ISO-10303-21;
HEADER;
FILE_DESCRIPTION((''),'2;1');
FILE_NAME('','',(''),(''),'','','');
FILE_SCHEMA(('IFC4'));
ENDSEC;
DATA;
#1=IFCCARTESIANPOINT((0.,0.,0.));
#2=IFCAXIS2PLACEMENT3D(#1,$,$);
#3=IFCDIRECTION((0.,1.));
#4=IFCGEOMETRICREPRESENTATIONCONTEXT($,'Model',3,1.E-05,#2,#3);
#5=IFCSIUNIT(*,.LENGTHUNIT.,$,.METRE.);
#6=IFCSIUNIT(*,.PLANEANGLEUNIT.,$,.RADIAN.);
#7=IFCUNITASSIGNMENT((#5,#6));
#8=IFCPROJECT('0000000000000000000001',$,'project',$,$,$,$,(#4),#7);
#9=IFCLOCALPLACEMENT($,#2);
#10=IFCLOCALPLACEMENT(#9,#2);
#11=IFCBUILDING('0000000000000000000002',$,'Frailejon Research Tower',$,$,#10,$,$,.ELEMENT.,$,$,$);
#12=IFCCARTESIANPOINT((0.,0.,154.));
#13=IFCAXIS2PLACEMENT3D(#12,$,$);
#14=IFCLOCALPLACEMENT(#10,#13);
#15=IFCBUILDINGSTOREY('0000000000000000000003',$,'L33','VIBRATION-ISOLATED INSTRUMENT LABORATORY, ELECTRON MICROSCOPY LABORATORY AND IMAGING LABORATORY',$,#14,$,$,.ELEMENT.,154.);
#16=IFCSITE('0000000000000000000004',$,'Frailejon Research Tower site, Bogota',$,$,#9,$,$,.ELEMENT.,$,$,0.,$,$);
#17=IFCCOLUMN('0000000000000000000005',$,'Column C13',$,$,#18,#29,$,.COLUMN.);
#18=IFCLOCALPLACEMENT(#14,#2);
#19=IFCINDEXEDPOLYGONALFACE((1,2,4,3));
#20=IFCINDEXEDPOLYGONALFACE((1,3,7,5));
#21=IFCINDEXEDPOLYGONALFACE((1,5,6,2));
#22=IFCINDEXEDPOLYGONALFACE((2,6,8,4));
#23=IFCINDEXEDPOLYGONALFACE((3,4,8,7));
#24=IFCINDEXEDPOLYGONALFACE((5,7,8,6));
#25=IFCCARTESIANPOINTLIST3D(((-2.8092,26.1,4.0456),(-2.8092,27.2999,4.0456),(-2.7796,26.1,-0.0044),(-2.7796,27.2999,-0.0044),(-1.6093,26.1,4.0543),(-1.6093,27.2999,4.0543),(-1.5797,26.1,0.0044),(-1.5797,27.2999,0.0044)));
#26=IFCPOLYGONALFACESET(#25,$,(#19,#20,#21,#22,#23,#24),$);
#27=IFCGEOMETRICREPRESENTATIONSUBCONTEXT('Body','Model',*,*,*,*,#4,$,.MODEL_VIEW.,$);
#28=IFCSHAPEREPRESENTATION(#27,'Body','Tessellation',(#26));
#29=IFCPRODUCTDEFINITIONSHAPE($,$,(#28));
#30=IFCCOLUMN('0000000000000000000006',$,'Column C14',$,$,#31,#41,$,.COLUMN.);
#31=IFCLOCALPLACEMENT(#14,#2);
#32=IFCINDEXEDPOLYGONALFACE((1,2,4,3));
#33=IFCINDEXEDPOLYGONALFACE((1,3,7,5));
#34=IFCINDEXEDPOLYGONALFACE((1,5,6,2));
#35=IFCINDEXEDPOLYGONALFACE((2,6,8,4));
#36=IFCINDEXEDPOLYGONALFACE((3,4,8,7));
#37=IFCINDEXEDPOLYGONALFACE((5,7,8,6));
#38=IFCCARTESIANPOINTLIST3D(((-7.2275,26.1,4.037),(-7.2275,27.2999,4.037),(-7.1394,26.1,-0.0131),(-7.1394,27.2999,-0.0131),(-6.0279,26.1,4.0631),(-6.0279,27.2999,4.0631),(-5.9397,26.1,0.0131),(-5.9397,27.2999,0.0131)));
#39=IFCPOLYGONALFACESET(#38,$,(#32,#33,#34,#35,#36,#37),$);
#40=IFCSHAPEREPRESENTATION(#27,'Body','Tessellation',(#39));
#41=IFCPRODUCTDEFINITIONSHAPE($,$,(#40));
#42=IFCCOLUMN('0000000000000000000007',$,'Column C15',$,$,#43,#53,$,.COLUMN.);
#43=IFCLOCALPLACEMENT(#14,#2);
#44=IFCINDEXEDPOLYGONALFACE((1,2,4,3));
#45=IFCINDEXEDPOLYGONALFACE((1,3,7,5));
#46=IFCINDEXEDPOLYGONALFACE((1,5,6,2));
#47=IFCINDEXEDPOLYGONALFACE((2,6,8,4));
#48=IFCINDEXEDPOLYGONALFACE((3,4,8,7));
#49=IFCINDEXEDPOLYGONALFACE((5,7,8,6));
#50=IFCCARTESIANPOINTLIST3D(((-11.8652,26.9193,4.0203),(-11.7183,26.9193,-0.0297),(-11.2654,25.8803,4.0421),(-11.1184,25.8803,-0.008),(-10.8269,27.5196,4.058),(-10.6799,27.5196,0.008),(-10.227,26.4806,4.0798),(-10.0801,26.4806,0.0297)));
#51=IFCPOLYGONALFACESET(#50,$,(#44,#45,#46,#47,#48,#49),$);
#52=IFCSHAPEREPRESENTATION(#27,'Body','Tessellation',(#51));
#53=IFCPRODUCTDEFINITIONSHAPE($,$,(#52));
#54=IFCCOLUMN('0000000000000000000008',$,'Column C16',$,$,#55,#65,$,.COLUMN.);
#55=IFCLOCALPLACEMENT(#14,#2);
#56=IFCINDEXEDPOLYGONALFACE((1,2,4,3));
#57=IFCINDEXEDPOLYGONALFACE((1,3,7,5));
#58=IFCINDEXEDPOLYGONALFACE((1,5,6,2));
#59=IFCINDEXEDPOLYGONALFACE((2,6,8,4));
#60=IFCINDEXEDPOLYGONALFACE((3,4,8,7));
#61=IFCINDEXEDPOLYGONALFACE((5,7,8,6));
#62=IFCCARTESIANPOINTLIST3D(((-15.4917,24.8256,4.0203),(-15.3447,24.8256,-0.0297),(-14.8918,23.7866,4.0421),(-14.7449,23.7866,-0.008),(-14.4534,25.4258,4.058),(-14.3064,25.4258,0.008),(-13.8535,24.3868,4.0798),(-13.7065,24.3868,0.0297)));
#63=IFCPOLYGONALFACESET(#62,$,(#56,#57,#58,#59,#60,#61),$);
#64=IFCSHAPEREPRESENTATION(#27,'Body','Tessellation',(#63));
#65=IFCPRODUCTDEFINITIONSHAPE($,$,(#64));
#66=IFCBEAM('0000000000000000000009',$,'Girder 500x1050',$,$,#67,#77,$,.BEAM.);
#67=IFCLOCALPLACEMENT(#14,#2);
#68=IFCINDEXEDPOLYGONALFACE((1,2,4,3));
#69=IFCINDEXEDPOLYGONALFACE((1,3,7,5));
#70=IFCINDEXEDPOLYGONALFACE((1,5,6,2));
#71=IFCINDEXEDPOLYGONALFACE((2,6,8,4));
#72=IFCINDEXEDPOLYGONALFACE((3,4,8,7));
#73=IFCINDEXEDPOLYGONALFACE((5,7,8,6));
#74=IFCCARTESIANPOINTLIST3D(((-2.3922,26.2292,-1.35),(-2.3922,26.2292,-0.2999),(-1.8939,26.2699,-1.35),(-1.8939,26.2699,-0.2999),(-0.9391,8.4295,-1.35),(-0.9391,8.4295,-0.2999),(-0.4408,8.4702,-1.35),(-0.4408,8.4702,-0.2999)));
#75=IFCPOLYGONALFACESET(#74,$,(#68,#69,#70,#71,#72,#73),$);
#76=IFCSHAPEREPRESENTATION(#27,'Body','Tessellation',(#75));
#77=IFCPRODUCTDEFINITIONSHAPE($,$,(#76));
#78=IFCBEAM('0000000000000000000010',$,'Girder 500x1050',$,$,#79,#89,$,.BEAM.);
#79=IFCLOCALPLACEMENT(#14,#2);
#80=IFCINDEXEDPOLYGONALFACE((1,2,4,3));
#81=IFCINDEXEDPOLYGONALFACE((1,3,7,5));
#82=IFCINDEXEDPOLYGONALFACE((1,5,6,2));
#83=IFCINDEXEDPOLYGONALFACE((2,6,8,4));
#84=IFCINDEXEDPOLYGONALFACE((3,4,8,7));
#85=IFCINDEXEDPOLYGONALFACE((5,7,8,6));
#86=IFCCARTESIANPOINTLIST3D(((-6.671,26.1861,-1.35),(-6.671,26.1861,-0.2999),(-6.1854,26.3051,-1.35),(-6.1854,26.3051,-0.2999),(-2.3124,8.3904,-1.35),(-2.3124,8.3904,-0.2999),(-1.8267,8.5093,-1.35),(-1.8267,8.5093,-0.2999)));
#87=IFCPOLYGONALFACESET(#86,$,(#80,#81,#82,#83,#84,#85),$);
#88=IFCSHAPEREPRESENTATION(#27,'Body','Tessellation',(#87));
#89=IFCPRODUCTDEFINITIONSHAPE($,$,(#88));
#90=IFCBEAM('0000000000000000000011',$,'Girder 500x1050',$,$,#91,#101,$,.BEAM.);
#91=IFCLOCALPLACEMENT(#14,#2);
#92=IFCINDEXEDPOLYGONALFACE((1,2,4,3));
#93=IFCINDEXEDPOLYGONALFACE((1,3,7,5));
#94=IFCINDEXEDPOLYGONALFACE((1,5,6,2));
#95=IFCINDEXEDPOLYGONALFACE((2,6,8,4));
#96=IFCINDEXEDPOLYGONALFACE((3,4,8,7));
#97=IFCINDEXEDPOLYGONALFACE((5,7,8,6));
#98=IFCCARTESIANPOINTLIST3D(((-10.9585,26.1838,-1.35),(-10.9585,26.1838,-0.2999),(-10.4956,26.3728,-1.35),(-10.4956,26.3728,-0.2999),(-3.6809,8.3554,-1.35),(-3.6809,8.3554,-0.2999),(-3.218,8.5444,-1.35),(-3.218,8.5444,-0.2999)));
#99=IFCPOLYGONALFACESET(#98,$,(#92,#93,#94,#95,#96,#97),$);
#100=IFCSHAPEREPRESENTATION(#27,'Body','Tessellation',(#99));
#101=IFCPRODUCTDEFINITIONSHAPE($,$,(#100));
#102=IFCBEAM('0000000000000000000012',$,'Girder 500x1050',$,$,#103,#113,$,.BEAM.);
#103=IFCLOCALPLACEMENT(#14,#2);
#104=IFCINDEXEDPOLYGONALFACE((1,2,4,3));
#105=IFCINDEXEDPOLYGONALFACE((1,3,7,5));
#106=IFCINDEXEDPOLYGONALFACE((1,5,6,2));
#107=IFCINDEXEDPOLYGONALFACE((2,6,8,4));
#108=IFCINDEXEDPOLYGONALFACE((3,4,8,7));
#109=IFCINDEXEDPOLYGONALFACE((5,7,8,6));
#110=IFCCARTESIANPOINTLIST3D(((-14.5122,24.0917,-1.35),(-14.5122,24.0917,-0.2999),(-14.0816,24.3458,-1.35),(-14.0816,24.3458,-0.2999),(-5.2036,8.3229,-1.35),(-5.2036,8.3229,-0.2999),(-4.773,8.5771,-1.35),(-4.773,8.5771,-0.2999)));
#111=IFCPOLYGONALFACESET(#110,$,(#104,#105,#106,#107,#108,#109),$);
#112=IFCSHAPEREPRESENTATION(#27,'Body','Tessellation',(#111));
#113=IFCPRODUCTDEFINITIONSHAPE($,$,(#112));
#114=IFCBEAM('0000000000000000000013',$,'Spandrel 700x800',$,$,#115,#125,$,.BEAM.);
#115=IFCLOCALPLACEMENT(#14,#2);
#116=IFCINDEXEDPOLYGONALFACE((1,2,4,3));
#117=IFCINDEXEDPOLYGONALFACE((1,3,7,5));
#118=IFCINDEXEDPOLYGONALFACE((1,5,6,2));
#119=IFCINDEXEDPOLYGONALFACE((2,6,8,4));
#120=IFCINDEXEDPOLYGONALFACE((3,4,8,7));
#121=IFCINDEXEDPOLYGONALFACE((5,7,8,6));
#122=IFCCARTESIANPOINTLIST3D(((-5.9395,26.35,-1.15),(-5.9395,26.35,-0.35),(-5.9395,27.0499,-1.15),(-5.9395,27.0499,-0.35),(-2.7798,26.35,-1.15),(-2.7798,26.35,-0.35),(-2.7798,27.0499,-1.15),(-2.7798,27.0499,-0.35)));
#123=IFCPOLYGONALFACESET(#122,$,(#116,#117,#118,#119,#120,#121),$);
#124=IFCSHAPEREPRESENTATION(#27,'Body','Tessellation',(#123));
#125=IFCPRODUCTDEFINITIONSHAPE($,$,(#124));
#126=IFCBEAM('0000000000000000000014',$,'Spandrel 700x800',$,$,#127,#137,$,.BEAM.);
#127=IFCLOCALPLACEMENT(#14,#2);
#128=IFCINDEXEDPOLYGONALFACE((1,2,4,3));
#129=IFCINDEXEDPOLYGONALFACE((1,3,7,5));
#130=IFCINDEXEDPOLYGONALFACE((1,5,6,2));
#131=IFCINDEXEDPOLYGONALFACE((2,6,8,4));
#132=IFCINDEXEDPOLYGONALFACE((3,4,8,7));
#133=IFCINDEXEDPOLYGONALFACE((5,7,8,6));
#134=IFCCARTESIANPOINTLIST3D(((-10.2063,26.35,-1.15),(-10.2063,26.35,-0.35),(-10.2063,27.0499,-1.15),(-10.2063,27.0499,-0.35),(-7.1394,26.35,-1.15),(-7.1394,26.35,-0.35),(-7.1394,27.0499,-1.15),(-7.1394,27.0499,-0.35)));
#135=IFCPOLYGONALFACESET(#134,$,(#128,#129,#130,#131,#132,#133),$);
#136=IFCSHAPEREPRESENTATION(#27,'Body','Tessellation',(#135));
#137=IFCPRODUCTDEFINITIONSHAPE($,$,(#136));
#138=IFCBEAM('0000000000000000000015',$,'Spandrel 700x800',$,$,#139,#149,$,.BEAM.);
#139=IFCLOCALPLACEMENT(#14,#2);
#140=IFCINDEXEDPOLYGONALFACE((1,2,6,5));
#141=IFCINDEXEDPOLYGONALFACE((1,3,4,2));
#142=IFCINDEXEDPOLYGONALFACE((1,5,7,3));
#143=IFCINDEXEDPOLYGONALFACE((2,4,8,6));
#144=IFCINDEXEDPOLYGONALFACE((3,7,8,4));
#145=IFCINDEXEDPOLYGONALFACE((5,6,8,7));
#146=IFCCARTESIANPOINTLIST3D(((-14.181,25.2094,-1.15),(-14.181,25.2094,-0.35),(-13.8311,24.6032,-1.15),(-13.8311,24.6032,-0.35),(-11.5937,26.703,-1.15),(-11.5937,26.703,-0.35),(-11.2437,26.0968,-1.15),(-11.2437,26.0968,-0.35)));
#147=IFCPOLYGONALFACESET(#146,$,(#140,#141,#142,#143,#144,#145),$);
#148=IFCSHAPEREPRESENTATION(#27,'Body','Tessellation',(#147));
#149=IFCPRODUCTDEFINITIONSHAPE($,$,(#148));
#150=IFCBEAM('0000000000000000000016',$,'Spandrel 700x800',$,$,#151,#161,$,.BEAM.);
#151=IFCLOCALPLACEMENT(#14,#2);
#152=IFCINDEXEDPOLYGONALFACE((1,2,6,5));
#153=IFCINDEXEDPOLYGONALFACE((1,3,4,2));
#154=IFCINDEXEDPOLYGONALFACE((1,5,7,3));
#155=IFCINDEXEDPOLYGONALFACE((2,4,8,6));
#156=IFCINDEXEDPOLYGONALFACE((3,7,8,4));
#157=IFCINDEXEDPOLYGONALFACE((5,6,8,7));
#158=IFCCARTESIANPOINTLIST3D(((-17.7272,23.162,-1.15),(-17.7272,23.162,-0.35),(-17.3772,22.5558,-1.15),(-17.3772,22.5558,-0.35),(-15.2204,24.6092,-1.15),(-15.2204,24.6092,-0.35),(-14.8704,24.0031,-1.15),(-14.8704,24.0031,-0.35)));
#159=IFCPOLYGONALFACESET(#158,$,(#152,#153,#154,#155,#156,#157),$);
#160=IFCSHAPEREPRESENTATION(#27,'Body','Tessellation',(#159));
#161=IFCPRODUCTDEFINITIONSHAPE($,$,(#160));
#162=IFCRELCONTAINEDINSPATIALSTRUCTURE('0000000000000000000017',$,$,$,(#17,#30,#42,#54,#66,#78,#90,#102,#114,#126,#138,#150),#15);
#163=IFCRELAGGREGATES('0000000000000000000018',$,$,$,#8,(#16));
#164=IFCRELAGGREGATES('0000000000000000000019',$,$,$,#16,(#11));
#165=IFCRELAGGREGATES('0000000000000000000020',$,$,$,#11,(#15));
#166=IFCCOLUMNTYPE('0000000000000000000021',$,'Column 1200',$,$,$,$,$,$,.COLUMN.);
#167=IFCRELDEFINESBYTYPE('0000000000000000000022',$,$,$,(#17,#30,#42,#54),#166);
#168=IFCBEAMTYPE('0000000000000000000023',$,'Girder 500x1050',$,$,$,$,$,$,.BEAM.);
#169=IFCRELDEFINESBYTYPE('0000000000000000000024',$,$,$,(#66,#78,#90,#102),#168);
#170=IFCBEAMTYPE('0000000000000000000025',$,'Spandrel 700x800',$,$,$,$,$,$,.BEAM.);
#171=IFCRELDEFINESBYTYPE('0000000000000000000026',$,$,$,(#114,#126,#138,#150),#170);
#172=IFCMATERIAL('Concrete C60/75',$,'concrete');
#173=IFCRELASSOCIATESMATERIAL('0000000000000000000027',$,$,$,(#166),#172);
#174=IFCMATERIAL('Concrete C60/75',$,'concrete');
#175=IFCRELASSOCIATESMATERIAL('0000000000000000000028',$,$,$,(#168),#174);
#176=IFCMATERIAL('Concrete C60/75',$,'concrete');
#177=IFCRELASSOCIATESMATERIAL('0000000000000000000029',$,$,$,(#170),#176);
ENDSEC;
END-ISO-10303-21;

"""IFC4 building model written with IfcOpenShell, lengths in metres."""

from ifc_helpers import new_model, si_unit, direction, frame, origin, origin_2d, place, context, subcontext, project, spatial, rectangle, extrude, material, material_profile, profile_set, type_object, element, save


model = new_model("IFC4")

# Units and contexts
model_context = context("Model", 3, precision=1e-05, world=origin(), true_north=direction((0.0, 1.0)))
body_context = subcontext(model_context, "Body", "Model", "MODEL_VIEW")
ifc_project = project(units=[si_unit("LENGTHUNIT", "METRE"), si_unit("PLANEANGLEUNIT", "RADIAN")], contexts=[model_context])

# Site, building, storey
site_placement = place(None, origin())
site = spatial("IfcSite", under=ifc_project, at=site_placement, Name="Frailejon Research Tower site, Bogota", CompositionType="ELEMENT", RefElevation=0.0)
building_placement = place(site_placement, origin())
building = spatial("IfcBuilding", under=site, at=building_placement, Name="Frailejon Research Tower", CompositionType="ELEMENT")
storey_placement = place(building_placement, frame((0.0, 0.0, 154.0)))
storey = spatial("IfcBuildingStorey", under=building, at=storey_placement, Name="L33", Description="VIBRATION-ISOLATED INSTRUMENT LABORATORY, ELECTRON MICROSCOPY LABORATORY AND IMAGING LABORATORY", CompositionType="ELEMENT", Elevation=154.0)

# Columns
ifc_material_1 = material(Name="Concrete C60/75", Category="concrete")
ifc_material_profile_1 = material_profile(ifc_material_1, rectangle(XDim=1.2, YDim=1.2, at=origin_2d()), Name="Column 1200")
ifc_profile_set_1 = profile_set([ifc_material_profile_1], Name="Concrete C60/75")
column_type = type_object("IfcColumnType", Name="Column 1200", PredefinedType="COLUMN", material=ifc_profile_set_1)
column_1_placement = place(storey_placement, frame((-2.1797, 26.7, 0.0), z_axis=(-0.007294, 0.0, 0.999973), x_axis=(-0.999973, 0.0, -0.007294)))
element("IfcColumn", 1, at=column_1_placement, inside=storey, type_object=column_type, Name="Column C13", PredefinedType="COLUMN", context=body_context, shape_type="SweptSolid", body=[
    extrude(rectangle(XDim=1.2, YDim=1.2, at=origin_2d()), origin(), (0.0, 0.0, 1.0), 4.05),
])
column_2_placement = place(storey_placement, frame((-6.5396, 26.7, 0.0), z_axis=(-0.021756, 0.0, 0.999763), x_axis=(-0.999763, 0.0, -0.021756)))
element("IfcColumn", 2, at=column_2_placement, inside=storey, type_object=column_type, Name="Column C14", PredefinedType="COLUMN", context=body_context, shape_type="SweptSolid", body=[
    extrude(rectangle(XDim=1.2, YDim=1.2, at=origin_2d()), origin(), (0.0, 0.0, 1.0), 4.051),
])
for number, where, z_axis, x_axis, name in (
    (3, (-10.8992, 26.7, 0.0), (-0.036265, 0.0, 0.999342), (-0.865314, -0.500246, -0.031401), "Column C15"),
    (4, (-14.5256, 24.6062, 0.0), (-0.036265, 0.0, 0.999342), (-0.865314, -0.500246, -0.031401), "Column C16"),
):
    element("IfcColumn", number, at=place(storey_placement, frame(where, z_axis=z_axis, x_axis=x_axis)), inside=storey, type_object=column_type, Name=name, PredefinedType="COLUMN", context=body_context, shape_type="SweptSolid", body=[
        extrude(rectangle(XDim=1.2, YDim=1.2, at=origin_2d()), origin(), (0.0, 0.0, 1.0), 4.0527),
    ])

# Beams
ifc_material_2 = material(Name="Concrete C60/75", Category="concrete")
ifc_material_profile_2 = material_profile(ifc_material_2, rectangle(XDim=0.5, YDim=1.05, at=origin_2d()), Name="Girder 500x1050")
ifc_profile_set_2 = profile_set([ifc_material_profile_2], Name="Concrete C60/75")
beam_type_1 = type_object("IfcBeamType", Name="Girder 500x1050", PredefinedType="BEAM", material=ifc_profile_set_2)
beam_1_placement = place(storey_placement, frame((-2.1431, 26.2495, -0.825), z_axis=(0.081368, -0.996684, 0.0), x_axis=(0.996684, 0.081368, 0.0)))
element("IfcBeam", 5, at=beam_1_placement, inside=storey, type_object=beam_type_1, Name="Girder 500x1050", PredefinedType="BEAM", context=body_context, shape_type="SweptSolid", body=[
    extrude(rectangle(XDim=0.5, YDim=1.05, at=origin_2d()), origin(), (0.0, 0.0, 1.0), 17.8589),
])
beam_2_placement = place(storey_placement, frame((-6.4282, 26.2456, -0.825), z_axis=(0.237896, -0.971291, 0.0), x_axis=(0.971291, 0.237896, 0.0)))
element("IfcBeam", 6, at=beam_2_placement, inside=storey, type_object=beam_type_1, Name="Girder 500x1050", PredefinedType="BEAM", context=body_context, shape_type="SweptSolid", body=[
    extrude(rectangle(XDim=0.5, YDim=1.05, at=origin_2d()), origin(), (0.0, 0.0, 1.0), 18.3218),
])
beam_3_placement = place(storey_placement, frame((-10.7271, 26.2783, -0.825), z_axis=(0.377928, -0.925835, 0.0), x_axis=(0.925835, 0.377928, 0.0)))
element("IfcBeam", 7, at=beam_3_placement, inside=storey, type_object=beam_type_1, Name="Girder 500x1050", PredefinedType="BEAM", context=body_context, shape_type="SweptSolid", body=[
    extrude(rectangle(XDim=0.5, YDim=1.05, at=origin_2d()), origin(), (0.0, 0.0, 1.0), 19.2566),
])
beam_4_placement = place(storey_placement, frame((-14.2969, 24.2188, -0.825), z_axis=(0.508351, -0.86115, 0.0), x_axis=(0.86115, 0.508351, 0.0)))
element("IfcBeam", 8, at=beam_4_placement, inside=storey, type_object=beam_type_1, Name="Girder 500x1050", PredefinedType="BEAM", context=body_context, shape_type="SweptSolid", body=[
    extrude(rectangle(XDim=0.5, YDim=1.05, at=origin_2d()), origin(), (0.0, 0.0, 1.0), 18.3113),
])
ifc_material_3 = material(Name="Concrete C60/75", Category="concrete")
ifc_material_profile_3 = material_profile(ifc_material_3, rectangle(XDim=0.7, YDim=0.8, at=origin_2d()), Name="Spandrel 700x800")
ifc_profile_set_3 = profile_set([ifc_material_profile_3], Name="Concrete C60/75")
beam_type_2 = type_object("IfcBeamType", Name="Spandrel 700x800", PredefinedType="BEAM", material=ifc_profile_set_3)
beam_5_placement = place(storey_placement, frame((-2.7798, 26.7, -0.75), z_axis=(-1.0, 0.0, 0.0), x_axis=(0.0, -1.0, 0.0)))
element("IfcBeam", 9, at=beam_5_placement, inside=storey, type_object=beam_type_2, Name="Spandrel 700x800", PredefinedType="BEAM", context=body_context, shape_type="SweptSolid", body=[
    extrude(rectangle(XDim=0.7, YDim=0.8, at=origin_2d()), origin(), (0.0, 0.0, 1.0), 3.1597),
])
beam_6_placement = place(storey_placement, frame((-7.1394, 26.7, -0.75), z_axis=(-1.0, 0.0, 0.0), x_axis=(0.0, -1.0, 0.0)))
element("IfcBeam", 10, at=beam_6_placement, inside=storey, type_object=beam_type_2, Name="Spandrel 700x800", PredefinedType="BEAM", context=body_context, shape_type="SweptSolid", body=[
    extrude(rectangle(XDim=0.7, YDim=0.8, at=origin_2d()), origin(), (0.0, 0.0, 1.0), 3.0669),
])
beam_7_placement = place(storey_placement, frame((-11.4187, 26.3999, -0.75), z_axis=(-0.866052, -0.499954, 0.0), x_axis=(0.499954, -0.866052, 0.0)))
element("IfcBeam", 11, at=beam_7_placement, inside=storey, type_object=beam_type_2, Name="Spandrel 700x800", PredefinedType="BEAM", context=body_context, shape_type="SweptSolid", body=[
    extrude(rectangle(XDim=0.7, YDim=0.8, at=origin_2d()), origin(), (0.0, 0.0, 1.0), 2.9875),
])
beam_8_placement = place(storey_placement, frame((-15.0454, 24.3062, -0.75), z_axis=(-0.866034, -0.499985, 0.0), x_axis=(0.499985, -0.866034, 0.0)))
element("IfcBeam", 12, at=beam_8_placement, inside=storey, type_object=beam_type_2, Name="Spandrel 700x800", PredefinedType="BEAM", context=body_context, shape_type="SweptSolid", body=[
    extrude(rectangle(XDim=0.7, YDim=0.8, at=origin_2d()), origin(), (0.0, 0.0, 1.0), 2.8945),
])

save(model, "model.ifc")
